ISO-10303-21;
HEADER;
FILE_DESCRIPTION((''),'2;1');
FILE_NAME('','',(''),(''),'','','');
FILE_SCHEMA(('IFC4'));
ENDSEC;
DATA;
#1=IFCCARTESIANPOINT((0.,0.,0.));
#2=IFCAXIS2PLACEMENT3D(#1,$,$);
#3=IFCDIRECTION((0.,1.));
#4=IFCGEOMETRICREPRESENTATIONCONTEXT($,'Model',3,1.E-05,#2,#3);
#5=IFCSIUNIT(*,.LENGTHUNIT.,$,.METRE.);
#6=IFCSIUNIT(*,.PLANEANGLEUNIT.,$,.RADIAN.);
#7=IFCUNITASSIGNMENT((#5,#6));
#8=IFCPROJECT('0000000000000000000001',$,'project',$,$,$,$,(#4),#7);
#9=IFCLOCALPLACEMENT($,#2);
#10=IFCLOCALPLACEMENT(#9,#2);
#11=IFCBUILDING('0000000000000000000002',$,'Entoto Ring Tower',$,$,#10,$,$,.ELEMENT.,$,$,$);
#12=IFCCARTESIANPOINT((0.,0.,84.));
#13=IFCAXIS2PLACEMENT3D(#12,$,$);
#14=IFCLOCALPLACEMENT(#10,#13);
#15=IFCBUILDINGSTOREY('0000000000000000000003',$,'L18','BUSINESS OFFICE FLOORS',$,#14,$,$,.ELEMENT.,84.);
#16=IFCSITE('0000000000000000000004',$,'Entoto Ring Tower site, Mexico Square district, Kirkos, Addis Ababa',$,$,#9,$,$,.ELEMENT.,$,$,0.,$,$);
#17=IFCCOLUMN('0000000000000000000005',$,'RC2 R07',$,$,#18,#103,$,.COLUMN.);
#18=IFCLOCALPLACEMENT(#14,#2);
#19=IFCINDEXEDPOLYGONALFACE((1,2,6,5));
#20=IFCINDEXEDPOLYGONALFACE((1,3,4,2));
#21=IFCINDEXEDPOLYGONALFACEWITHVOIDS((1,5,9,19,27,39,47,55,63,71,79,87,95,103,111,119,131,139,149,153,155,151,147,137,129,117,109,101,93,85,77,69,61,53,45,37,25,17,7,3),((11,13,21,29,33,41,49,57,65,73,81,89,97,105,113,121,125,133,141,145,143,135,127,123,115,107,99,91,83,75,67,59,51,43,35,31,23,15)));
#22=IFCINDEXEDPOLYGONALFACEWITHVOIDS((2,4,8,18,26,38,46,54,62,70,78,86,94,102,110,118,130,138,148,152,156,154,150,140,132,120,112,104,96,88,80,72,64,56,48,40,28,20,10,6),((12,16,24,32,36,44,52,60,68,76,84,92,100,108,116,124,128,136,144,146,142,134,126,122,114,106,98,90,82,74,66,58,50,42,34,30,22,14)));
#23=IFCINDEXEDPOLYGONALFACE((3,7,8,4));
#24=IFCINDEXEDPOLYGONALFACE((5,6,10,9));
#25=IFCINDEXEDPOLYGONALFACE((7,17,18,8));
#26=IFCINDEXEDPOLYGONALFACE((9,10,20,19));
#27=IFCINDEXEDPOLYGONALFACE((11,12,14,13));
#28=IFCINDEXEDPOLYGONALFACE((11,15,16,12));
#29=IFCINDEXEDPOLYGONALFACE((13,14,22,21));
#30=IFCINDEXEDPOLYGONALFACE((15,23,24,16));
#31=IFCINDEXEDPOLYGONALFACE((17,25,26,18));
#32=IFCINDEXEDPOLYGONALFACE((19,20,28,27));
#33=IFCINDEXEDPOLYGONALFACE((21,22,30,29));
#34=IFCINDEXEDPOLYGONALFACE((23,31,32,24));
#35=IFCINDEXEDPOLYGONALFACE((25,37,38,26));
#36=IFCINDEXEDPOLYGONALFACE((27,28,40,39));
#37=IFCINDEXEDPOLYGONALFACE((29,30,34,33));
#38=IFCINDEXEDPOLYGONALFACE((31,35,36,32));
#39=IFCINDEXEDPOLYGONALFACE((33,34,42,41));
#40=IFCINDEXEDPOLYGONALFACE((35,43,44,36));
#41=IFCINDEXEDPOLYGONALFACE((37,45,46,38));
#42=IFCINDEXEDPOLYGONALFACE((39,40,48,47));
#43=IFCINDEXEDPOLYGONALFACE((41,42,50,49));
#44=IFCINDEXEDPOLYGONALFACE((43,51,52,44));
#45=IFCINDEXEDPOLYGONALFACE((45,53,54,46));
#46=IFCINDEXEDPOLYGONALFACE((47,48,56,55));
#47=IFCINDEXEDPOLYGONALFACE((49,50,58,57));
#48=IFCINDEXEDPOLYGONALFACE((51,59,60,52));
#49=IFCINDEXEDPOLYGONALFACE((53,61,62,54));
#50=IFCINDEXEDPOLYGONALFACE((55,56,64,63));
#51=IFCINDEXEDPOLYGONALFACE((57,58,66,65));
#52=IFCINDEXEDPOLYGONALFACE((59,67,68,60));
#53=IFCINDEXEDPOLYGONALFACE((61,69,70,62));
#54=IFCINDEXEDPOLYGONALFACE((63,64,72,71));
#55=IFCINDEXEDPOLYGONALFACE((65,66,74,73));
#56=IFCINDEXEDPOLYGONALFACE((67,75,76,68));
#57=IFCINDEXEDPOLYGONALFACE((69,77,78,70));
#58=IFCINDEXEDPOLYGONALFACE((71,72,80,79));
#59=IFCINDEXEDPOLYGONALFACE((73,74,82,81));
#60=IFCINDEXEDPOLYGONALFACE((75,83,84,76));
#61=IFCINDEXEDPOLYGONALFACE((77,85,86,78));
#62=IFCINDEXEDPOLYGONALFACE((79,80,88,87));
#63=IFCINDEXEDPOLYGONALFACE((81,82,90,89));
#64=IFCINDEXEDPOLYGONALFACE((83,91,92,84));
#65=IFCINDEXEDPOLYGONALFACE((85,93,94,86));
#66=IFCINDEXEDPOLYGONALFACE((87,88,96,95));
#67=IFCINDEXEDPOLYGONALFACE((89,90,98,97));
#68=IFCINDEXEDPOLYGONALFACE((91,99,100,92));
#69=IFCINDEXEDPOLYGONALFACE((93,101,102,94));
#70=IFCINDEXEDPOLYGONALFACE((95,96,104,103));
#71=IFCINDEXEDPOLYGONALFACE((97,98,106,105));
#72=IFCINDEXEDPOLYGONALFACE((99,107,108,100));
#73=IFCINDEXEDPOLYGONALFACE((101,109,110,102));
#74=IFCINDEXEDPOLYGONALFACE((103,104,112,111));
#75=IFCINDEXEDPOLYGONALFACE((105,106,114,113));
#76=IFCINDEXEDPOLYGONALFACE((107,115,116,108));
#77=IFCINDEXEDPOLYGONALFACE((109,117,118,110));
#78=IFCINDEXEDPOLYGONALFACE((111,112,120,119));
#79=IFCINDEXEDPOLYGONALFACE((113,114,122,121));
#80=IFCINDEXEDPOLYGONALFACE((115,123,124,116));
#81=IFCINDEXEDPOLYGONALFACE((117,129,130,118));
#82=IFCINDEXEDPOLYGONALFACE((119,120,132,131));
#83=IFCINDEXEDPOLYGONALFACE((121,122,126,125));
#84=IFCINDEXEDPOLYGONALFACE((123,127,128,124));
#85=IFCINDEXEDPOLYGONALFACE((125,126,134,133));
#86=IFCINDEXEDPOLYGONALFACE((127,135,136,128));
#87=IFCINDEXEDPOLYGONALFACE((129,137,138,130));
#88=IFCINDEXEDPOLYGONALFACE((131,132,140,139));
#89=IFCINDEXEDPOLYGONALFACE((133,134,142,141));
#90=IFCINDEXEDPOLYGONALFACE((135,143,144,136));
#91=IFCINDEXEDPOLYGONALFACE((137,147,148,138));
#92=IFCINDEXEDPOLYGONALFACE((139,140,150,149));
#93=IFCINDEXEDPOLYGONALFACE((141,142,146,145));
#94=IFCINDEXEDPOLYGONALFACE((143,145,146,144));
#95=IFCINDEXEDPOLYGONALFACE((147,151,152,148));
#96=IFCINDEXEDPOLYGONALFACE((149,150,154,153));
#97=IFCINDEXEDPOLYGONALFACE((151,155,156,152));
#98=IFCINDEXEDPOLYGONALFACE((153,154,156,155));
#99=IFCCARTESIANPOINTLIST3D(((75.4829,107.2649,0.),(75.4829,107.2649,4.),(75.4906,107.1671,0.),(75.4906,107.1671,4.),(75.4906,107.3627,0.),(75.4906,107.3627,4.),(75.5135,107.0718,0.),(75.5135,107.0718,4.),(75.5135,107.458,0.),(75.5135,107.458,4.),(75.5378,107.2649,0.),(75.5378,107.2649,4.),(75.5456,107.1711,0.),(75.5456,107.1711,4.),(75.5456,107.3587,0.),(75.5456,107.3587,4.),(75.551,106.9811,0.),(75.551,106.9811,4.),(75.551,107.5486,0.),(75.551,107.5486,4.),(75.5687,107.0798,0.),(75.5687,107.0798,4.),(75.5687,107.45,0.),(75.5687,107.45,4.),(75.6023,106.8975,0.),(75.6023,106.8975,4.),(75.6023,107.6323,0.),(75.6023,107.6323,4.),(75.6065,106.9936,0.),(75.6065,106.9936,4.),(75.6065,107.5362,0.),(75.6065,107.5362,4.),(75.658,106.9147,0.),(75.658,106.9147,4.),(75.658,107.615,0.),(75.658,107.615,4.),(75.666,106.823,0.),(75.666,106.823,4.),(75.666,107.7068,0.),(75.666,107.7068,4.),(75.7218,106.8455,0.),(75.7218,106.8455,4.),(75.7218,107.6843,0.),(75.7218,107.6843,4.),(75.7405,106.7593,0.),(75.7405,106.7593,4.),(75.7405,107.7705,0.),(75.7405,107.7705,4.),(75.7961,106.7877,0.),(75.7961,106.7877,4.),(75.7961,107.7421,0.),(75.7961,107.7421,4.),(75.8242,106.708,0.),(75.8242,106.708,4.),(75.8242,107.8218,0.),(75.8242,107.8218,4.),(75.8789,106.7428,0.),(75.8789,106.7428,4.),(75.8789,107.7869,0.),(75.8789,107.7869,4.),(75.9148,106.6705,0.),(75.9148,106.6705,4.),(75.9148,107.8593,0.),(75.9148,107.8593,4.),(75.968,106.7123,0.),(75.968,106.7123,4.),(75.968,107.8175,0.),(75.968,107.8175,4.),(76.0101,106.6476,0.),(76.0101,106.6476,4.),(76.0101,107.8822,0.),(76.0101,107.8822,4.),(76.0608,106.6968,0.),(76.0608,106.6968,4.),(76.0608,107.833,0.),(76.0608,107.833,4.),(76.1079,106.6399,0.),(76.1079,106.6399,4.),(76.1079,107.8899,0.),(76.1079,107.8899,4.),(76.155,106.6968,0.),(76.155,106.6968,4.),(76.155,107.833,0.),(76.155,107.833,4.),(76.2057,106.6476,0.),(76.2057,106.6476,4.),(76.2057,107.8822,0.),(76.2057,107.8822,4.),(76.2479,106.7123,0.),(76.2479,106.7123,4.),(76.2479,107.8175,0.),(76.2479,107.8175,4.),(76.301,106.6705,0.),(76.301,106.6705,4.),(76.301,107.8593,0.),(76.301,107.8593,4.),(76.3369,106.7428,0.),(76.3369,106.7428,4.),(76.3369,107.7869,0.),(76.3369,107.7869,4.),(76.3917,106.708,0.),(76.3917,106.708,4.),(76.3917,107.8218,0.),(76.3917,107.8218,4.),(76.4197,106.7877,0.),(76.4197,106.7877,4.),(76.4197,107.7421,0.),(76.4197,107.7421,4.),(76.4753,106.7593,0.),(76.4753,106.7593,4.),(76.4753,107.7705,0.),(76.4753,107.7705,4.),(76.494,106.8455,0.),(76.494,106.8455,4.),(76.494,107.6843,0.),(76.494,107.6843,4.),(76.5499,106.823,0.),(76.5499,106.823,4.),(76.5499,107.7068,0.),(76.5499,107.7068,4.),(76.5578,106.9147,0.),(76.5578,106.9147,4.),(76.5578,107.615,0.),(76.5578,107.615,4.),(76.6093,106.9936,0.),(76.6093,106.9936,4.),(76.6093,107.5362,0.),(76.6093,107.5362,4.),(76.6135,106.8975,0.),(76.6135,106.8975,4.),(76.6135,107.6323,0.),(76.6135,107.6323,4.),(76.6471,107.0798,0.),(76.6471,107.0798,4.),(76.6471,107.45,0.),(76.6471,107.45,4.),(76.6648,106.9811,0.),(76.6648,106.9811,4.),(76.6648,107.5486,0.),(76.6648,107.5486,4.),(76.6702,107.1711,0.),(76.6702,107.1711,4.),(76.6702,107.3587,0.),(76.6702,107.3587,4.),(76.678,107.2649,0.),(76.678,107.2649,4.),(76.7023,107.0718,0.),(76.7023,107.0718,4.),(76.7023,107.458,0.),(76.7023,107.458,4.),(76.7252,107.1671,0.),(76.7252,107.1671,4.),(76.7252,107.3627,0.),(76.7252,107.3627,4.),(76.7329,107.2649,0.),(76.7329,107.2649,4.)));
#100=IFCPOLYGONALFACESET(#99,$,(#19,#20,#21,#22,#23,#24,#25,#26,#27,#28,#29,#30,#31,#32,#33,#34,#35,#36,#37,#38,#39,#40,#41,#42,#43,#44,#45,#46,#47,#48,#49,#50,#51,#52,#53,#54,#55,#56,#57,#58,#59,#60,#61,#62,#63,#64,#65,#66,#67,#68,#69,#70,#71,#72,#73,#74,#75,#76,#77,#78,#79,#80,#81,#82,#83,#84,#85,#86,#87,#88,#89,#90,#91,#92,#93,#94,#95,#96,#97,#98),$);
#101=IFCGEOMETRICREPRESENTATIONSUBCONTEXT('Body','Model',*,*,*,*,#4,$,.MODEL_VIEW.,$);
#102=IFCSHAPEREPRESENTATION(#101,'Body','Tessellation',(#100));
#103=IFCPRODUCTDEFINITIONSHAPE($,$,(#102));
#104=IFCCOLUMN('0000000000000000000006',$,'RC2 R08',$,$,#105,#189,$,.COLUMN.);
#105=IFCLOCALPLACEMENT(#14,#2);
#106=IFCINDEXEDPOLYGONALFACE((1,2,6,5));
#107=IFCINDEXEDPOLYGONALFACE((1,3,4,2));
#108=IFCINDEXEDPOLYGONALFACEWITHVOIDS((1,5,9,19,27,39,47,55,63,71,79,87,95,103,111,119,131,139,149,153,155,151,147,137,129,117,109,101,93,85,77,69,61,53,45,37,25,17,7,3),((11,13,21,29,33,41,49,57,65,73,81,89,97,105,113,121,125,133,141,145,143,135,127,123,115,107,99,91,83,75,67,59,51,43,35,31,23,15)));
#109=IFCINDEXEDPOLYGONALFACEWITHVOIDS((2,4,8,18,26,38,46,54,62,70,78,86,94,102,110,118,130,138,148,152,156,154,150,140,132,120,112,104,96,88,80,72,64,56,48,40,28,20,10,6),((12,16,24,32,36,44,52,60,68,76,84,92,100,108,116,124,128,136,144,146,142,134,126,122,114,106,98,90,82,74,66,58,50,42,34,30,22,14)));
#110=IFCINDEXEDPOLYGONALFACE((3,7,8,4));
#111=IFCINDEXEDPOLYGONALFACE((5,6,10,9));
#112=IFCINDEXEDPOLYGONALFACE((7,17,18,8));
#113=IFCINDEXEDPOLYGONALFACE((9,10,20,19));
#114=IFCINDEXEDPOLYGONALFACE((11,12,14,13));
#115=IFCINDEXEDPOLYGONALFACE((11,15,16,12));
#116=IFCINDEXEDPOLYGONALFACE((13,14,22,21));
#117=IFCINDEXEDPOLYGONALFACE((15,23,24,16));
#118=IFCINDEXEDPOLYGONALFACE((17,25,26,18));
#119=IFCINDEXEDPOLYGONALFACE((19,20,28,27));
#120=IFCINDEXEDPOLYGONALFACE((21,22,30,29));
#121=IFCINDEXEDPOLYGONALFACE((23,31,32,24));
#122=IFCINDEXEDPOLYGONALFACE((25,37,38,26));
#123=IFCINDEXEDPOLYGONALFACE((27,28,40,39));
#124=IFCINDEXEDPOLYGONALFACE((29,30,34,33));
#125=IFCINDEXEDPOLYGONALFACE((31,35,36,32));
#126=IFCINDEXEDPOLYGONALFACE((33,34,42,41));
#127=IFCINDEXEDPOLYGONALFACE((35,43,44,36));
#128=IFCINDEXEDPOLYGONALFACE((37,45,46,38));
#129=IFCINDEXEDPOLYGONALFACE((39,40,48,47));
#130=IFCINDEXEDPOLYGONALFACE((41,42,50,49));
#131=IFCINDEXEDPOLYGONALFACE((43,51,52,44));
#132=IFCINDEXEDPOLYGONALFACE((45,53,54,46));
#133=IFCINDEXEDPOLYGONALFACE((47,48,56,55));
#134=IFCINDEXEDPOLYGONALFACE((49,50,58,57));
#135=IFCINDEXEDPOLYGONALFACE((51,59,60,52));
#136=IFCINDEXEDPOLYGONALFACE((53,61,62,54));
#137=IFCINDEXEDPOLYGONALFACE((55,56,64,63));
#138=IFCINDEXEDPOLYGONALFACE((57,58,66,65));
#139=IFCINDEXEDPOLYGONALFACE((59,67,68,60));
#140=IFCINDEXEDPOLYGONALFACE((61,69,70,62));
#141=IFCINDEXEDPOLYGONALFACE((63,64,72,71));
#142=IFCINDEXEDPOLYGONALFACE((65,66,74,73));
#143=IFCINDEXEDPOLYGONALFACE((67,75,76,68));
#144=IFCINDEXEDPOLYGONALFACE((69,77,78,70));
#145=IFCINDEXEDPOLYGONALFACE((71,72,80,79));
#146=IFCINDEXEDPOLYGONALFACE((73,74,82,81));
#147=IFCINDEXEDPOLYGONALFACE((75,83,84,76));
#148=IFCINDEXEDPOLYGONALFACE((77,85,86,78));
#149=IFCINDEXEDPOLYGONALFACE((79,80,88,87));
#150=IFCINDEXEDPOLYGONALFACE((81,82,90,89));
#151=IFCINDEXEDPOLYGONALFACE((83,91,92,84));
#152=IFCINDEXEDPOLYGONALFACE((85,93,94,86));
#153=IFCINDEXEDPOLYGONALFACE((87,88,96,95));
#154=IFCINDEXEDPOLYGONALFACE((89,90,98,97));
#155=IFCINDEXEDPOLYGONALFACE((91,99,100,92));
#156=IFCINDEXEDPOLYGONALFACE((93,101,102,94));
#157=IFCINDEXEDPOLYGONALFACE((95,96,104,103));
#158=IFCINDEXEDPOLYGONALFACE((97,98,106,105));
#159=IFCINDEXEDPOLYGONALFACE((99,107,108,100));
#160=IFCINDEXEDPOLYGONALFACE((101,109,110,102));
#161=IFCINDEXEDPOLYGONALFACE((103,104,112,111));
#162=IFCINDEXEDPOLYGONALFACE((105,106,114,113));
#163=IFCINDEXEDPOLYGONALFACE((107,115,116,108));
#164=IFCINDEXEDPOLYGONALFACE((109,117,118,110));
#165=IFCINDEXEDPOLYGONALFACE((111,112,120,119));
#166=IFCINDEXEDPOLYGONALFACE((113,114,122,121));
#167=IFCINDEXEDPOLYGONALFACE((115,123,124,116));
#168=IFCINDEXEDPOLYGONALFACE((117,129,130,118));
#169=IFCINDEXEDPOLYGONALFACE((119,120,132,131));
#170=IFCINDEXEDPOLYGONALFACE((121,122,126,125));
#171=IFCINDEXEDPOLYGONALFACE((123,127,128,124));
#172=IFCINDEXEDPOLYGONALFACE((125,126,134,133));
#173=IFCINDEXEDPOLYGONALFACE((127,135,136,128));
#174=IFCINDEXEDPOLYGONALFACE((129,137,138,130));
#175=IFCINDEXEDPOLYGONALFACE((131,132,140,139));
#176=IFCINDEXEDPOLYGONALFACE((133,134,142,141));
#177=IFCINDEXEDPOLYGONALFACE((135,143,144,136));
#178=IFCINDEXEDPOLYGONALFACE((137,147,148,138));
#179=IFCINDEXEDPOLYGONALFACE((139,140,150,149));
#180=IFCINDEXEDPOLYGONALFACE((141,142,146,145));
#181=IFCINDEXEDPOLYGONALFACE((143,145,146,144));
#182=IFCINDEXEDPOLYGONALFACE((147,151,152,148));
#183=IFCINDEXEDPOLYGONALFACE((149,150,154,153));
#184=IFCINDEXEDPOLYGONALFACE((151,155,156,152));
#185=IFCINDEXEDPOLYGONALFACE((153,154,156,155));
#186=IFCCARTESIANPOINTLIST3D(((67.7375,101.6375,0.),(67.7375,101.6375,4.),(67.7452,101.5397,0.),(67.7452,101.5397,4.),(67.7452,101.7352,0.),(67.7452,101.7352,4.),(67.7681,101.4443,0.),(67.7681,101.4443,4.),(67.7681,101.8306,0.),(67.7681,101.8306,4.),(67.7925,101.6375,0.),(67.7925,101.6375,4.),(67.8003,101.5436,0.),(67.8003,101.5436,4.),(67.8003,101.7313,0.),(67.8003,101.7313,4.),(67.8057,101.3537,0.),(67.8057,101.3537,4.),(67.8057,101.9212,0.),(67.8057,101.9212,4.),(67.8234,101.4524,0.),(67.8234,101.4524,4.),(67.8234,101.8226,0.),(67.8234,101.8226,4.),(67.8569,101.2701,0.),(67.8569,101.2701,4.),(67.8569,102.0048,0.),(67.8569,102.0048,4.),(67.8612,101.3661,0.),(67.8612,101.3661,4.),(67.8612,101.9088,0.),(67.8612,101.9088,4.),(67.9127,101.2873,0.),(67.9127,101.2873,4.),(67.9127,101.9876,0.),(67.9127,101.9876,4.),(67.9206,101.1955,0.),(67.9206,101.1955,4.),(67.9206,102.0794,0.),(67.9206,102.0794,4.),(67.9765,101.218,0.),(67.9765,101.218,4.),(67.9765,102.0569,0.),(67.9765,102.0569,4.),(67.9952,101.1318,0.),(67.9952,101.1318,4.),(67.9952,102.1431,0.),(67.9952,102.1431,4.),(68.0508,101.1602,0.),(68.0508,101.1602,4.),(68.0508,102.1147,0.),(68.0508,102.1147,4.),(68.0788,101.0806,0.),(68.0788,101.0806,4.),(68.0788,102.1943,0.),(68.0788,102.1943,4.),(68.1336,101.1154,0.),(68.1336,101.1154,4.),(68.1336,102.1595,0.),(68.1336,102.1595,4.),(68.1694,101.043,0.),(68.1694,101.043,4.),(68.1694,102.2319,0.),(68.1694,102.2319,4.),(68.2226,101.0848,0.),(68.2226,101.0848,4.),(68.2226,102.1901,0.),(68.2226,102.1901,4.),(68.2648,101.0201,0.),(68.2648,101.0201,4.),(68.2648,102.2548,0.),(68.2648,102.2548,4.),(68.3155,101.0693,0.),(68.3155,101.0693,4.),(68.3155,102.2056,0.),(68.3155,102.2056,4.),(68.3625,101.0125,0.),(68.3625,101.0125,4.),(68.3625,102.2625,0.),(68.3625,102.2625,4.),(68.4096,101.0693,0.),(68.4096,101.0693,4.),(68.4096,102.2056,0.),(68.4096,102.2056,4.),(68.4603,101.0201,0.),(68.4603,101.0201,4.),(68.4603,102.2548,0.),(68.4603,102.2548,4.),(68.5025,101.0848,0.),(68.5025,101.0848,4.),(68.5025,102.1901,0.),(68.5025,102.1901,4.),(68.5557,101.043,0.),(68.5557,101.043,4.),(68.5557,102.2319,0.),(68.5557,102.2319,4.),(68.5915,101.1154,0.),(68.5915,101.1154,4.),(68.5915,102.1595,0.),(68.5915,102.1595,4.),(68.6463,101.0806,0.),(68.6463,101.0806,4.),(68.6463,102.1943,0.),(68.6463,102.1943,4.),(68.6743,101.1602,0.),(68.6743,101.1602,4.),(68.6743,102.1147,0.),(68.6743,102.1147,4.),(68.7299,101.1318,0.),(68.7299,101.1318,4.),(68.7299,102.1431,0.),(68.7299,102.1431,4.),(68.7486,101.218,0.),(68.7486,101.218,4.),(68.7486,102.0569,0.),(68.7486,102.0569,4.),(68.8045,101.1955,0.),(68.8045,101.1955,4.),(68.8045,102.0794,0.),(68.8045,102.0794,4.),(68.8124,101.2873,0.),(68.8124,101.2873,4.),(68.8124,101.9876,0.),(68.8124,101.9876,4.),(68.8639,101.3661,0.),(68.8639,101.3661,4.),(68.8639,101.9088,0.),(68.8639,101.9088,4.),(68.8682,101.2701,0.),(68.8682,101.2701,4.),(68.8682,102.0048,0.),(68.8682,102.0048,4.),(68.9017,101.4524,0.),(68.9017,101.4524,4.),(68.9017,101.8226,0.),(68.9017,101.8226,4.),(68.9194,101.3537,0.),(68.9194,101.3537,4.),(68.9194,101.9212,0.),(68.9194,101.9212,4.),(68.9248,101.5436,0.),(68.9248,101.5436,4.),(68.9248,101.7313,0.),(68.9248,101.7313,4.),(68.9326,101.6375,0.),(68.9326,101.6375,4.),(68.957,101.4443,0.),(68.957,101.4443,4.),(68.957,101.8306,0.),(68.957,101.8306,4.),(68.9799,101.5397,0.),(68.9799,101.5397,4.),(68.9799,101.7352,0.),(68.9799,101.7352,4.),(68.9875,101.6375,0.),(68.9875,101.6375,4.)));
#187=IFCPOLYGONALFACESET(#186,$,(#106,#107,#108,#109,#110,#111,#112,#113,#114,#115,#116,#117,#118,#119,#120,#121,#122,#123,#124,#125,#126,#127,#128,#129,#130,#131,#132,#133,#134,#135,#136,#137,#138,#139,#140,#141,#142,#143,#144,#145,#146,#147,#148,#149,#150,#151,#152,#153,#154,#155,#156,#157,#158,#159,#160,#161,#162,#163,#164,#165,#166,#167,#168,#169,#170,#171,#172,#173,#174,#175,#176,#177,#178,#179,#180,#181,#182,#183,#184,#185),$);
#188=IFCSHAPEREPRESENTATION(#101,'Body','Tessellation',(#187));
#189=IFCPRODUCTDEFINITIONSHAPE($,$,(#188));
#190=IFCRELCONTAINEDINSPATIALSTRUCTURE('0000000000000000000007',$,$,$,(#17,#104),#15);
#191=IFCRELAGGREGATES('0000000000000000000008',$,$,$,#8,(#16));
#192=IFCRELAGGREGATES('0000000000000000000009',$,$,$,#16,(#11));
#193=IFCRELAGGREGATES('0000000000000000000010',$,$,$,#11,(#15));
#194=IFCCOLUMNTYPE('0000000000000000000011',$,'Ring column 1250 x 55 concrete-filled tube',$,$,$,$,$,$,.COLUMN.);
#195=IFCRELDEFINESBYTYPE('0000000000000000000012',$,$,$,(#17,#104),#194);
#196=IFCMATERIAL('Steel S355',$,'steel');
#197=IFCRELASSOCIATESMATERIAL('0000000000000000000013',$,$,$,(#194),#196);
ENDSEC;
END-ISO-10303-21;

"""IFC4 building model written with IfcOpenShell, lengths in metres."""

from ifc_helpers import new_model, si_unit, direction, frame, origin, origin_2d, place, context, subcontext, project, spatial, circle, hollow_circle, extrude, material, material_profile, profile_set, type_object, element, save


model = new_model("IFC4")

# Units and contexts
model_context = context("Model", 3, precision=1e-05, world=origin(), true_north=direction((0.0, 1.0)))
body_context = subcontext(model_context, "Body", "Model", "MODEL_VIEW")
ifc_project = project(units=[si_unit("LENGTHUNIT", "METRE"), si_unit("PLANEANGLEUNIT", "RADIAN")], contexts=[model_context])

# Site, building, storey
site_placement = place(None, origin())
site = spatial("IfcSite", under=ifc_project, at=site_placement, Name="Entoto Ring Tower site, Mexico Square district, Kirkos, Addis Ababa", CompositionType="ELEMENT", RefElevation=0.0)
building_placement = place(site_placement, origin())
building = spatial("IfcBuilding", under=site, at=building_placement, Name="Entoto Ring Tower", CompositionType="ELEMENT")
storey_placement = place(building_placement, frame((0.0, 0.0, 84.0)))
storey = spatial("IfcBuildingStorey", under=building, at=storey_placement, Name="L18", Description="BUSINESS OFFICE FLOORS", CompositionType="ELEMENT", Elevation=84.0)

# Columns
ifc_material_1 = material(Name="Steel S355", Category="steel")
ifc_material_profile_1 = material_profile(ifc_material_1, hollow_circle(Radius=0.625, WallThickness=0.0549, at=origin_2d()), Name="CHS 1250 x 55")
ifc_material_2 = material(Name="Concrete C60/75", Category="concrete")
ifc_material_profile_2 = material_profile(ifc_material_2, circle(Radius=0.5701, at=origin_2d()), Name="Concrete C60/75 infill")
ifc_profile_set_1 = profile_set([ifc_material_profile_1, ifc_material_profile_2], Name="Steel S355")
column_type = type_object("IfcColumnType", Name="Ring column 1250 x 55 concrete-filled tube", PredefinedType="COLUMN", material=ifc_profile_set_1)
for number, where, z_axis, x_axis, name in (
    (1, (76.1079, 107.2649, 0.0), (0.0, 0.0, 1.0), (1.0, 0.0, 0.0), "RC2 R07"),
    (2, (68.3625, 101.6375, 0.0), (0.0, 0.0, 1.0), (1.0, 0.0, 0.0), "RC2 R08"),
):
    element("IfcColumn", number, at=place(storey_placement, frame(where, z_axis=z_axis, x_axis=x_axis)), inside=storey, type_object=column_type, Name=name, PredefinedType="COLUMN", context=body_context, shape_type="SweptSolid", body=[
        extrude(hollow_circle(Radius=0.625, WallThickness=0.0549, at=origin_2d()), origin(), (0.0, 0.0, 1.0), 4.0),
    ])

save(model, "model.ifc")
